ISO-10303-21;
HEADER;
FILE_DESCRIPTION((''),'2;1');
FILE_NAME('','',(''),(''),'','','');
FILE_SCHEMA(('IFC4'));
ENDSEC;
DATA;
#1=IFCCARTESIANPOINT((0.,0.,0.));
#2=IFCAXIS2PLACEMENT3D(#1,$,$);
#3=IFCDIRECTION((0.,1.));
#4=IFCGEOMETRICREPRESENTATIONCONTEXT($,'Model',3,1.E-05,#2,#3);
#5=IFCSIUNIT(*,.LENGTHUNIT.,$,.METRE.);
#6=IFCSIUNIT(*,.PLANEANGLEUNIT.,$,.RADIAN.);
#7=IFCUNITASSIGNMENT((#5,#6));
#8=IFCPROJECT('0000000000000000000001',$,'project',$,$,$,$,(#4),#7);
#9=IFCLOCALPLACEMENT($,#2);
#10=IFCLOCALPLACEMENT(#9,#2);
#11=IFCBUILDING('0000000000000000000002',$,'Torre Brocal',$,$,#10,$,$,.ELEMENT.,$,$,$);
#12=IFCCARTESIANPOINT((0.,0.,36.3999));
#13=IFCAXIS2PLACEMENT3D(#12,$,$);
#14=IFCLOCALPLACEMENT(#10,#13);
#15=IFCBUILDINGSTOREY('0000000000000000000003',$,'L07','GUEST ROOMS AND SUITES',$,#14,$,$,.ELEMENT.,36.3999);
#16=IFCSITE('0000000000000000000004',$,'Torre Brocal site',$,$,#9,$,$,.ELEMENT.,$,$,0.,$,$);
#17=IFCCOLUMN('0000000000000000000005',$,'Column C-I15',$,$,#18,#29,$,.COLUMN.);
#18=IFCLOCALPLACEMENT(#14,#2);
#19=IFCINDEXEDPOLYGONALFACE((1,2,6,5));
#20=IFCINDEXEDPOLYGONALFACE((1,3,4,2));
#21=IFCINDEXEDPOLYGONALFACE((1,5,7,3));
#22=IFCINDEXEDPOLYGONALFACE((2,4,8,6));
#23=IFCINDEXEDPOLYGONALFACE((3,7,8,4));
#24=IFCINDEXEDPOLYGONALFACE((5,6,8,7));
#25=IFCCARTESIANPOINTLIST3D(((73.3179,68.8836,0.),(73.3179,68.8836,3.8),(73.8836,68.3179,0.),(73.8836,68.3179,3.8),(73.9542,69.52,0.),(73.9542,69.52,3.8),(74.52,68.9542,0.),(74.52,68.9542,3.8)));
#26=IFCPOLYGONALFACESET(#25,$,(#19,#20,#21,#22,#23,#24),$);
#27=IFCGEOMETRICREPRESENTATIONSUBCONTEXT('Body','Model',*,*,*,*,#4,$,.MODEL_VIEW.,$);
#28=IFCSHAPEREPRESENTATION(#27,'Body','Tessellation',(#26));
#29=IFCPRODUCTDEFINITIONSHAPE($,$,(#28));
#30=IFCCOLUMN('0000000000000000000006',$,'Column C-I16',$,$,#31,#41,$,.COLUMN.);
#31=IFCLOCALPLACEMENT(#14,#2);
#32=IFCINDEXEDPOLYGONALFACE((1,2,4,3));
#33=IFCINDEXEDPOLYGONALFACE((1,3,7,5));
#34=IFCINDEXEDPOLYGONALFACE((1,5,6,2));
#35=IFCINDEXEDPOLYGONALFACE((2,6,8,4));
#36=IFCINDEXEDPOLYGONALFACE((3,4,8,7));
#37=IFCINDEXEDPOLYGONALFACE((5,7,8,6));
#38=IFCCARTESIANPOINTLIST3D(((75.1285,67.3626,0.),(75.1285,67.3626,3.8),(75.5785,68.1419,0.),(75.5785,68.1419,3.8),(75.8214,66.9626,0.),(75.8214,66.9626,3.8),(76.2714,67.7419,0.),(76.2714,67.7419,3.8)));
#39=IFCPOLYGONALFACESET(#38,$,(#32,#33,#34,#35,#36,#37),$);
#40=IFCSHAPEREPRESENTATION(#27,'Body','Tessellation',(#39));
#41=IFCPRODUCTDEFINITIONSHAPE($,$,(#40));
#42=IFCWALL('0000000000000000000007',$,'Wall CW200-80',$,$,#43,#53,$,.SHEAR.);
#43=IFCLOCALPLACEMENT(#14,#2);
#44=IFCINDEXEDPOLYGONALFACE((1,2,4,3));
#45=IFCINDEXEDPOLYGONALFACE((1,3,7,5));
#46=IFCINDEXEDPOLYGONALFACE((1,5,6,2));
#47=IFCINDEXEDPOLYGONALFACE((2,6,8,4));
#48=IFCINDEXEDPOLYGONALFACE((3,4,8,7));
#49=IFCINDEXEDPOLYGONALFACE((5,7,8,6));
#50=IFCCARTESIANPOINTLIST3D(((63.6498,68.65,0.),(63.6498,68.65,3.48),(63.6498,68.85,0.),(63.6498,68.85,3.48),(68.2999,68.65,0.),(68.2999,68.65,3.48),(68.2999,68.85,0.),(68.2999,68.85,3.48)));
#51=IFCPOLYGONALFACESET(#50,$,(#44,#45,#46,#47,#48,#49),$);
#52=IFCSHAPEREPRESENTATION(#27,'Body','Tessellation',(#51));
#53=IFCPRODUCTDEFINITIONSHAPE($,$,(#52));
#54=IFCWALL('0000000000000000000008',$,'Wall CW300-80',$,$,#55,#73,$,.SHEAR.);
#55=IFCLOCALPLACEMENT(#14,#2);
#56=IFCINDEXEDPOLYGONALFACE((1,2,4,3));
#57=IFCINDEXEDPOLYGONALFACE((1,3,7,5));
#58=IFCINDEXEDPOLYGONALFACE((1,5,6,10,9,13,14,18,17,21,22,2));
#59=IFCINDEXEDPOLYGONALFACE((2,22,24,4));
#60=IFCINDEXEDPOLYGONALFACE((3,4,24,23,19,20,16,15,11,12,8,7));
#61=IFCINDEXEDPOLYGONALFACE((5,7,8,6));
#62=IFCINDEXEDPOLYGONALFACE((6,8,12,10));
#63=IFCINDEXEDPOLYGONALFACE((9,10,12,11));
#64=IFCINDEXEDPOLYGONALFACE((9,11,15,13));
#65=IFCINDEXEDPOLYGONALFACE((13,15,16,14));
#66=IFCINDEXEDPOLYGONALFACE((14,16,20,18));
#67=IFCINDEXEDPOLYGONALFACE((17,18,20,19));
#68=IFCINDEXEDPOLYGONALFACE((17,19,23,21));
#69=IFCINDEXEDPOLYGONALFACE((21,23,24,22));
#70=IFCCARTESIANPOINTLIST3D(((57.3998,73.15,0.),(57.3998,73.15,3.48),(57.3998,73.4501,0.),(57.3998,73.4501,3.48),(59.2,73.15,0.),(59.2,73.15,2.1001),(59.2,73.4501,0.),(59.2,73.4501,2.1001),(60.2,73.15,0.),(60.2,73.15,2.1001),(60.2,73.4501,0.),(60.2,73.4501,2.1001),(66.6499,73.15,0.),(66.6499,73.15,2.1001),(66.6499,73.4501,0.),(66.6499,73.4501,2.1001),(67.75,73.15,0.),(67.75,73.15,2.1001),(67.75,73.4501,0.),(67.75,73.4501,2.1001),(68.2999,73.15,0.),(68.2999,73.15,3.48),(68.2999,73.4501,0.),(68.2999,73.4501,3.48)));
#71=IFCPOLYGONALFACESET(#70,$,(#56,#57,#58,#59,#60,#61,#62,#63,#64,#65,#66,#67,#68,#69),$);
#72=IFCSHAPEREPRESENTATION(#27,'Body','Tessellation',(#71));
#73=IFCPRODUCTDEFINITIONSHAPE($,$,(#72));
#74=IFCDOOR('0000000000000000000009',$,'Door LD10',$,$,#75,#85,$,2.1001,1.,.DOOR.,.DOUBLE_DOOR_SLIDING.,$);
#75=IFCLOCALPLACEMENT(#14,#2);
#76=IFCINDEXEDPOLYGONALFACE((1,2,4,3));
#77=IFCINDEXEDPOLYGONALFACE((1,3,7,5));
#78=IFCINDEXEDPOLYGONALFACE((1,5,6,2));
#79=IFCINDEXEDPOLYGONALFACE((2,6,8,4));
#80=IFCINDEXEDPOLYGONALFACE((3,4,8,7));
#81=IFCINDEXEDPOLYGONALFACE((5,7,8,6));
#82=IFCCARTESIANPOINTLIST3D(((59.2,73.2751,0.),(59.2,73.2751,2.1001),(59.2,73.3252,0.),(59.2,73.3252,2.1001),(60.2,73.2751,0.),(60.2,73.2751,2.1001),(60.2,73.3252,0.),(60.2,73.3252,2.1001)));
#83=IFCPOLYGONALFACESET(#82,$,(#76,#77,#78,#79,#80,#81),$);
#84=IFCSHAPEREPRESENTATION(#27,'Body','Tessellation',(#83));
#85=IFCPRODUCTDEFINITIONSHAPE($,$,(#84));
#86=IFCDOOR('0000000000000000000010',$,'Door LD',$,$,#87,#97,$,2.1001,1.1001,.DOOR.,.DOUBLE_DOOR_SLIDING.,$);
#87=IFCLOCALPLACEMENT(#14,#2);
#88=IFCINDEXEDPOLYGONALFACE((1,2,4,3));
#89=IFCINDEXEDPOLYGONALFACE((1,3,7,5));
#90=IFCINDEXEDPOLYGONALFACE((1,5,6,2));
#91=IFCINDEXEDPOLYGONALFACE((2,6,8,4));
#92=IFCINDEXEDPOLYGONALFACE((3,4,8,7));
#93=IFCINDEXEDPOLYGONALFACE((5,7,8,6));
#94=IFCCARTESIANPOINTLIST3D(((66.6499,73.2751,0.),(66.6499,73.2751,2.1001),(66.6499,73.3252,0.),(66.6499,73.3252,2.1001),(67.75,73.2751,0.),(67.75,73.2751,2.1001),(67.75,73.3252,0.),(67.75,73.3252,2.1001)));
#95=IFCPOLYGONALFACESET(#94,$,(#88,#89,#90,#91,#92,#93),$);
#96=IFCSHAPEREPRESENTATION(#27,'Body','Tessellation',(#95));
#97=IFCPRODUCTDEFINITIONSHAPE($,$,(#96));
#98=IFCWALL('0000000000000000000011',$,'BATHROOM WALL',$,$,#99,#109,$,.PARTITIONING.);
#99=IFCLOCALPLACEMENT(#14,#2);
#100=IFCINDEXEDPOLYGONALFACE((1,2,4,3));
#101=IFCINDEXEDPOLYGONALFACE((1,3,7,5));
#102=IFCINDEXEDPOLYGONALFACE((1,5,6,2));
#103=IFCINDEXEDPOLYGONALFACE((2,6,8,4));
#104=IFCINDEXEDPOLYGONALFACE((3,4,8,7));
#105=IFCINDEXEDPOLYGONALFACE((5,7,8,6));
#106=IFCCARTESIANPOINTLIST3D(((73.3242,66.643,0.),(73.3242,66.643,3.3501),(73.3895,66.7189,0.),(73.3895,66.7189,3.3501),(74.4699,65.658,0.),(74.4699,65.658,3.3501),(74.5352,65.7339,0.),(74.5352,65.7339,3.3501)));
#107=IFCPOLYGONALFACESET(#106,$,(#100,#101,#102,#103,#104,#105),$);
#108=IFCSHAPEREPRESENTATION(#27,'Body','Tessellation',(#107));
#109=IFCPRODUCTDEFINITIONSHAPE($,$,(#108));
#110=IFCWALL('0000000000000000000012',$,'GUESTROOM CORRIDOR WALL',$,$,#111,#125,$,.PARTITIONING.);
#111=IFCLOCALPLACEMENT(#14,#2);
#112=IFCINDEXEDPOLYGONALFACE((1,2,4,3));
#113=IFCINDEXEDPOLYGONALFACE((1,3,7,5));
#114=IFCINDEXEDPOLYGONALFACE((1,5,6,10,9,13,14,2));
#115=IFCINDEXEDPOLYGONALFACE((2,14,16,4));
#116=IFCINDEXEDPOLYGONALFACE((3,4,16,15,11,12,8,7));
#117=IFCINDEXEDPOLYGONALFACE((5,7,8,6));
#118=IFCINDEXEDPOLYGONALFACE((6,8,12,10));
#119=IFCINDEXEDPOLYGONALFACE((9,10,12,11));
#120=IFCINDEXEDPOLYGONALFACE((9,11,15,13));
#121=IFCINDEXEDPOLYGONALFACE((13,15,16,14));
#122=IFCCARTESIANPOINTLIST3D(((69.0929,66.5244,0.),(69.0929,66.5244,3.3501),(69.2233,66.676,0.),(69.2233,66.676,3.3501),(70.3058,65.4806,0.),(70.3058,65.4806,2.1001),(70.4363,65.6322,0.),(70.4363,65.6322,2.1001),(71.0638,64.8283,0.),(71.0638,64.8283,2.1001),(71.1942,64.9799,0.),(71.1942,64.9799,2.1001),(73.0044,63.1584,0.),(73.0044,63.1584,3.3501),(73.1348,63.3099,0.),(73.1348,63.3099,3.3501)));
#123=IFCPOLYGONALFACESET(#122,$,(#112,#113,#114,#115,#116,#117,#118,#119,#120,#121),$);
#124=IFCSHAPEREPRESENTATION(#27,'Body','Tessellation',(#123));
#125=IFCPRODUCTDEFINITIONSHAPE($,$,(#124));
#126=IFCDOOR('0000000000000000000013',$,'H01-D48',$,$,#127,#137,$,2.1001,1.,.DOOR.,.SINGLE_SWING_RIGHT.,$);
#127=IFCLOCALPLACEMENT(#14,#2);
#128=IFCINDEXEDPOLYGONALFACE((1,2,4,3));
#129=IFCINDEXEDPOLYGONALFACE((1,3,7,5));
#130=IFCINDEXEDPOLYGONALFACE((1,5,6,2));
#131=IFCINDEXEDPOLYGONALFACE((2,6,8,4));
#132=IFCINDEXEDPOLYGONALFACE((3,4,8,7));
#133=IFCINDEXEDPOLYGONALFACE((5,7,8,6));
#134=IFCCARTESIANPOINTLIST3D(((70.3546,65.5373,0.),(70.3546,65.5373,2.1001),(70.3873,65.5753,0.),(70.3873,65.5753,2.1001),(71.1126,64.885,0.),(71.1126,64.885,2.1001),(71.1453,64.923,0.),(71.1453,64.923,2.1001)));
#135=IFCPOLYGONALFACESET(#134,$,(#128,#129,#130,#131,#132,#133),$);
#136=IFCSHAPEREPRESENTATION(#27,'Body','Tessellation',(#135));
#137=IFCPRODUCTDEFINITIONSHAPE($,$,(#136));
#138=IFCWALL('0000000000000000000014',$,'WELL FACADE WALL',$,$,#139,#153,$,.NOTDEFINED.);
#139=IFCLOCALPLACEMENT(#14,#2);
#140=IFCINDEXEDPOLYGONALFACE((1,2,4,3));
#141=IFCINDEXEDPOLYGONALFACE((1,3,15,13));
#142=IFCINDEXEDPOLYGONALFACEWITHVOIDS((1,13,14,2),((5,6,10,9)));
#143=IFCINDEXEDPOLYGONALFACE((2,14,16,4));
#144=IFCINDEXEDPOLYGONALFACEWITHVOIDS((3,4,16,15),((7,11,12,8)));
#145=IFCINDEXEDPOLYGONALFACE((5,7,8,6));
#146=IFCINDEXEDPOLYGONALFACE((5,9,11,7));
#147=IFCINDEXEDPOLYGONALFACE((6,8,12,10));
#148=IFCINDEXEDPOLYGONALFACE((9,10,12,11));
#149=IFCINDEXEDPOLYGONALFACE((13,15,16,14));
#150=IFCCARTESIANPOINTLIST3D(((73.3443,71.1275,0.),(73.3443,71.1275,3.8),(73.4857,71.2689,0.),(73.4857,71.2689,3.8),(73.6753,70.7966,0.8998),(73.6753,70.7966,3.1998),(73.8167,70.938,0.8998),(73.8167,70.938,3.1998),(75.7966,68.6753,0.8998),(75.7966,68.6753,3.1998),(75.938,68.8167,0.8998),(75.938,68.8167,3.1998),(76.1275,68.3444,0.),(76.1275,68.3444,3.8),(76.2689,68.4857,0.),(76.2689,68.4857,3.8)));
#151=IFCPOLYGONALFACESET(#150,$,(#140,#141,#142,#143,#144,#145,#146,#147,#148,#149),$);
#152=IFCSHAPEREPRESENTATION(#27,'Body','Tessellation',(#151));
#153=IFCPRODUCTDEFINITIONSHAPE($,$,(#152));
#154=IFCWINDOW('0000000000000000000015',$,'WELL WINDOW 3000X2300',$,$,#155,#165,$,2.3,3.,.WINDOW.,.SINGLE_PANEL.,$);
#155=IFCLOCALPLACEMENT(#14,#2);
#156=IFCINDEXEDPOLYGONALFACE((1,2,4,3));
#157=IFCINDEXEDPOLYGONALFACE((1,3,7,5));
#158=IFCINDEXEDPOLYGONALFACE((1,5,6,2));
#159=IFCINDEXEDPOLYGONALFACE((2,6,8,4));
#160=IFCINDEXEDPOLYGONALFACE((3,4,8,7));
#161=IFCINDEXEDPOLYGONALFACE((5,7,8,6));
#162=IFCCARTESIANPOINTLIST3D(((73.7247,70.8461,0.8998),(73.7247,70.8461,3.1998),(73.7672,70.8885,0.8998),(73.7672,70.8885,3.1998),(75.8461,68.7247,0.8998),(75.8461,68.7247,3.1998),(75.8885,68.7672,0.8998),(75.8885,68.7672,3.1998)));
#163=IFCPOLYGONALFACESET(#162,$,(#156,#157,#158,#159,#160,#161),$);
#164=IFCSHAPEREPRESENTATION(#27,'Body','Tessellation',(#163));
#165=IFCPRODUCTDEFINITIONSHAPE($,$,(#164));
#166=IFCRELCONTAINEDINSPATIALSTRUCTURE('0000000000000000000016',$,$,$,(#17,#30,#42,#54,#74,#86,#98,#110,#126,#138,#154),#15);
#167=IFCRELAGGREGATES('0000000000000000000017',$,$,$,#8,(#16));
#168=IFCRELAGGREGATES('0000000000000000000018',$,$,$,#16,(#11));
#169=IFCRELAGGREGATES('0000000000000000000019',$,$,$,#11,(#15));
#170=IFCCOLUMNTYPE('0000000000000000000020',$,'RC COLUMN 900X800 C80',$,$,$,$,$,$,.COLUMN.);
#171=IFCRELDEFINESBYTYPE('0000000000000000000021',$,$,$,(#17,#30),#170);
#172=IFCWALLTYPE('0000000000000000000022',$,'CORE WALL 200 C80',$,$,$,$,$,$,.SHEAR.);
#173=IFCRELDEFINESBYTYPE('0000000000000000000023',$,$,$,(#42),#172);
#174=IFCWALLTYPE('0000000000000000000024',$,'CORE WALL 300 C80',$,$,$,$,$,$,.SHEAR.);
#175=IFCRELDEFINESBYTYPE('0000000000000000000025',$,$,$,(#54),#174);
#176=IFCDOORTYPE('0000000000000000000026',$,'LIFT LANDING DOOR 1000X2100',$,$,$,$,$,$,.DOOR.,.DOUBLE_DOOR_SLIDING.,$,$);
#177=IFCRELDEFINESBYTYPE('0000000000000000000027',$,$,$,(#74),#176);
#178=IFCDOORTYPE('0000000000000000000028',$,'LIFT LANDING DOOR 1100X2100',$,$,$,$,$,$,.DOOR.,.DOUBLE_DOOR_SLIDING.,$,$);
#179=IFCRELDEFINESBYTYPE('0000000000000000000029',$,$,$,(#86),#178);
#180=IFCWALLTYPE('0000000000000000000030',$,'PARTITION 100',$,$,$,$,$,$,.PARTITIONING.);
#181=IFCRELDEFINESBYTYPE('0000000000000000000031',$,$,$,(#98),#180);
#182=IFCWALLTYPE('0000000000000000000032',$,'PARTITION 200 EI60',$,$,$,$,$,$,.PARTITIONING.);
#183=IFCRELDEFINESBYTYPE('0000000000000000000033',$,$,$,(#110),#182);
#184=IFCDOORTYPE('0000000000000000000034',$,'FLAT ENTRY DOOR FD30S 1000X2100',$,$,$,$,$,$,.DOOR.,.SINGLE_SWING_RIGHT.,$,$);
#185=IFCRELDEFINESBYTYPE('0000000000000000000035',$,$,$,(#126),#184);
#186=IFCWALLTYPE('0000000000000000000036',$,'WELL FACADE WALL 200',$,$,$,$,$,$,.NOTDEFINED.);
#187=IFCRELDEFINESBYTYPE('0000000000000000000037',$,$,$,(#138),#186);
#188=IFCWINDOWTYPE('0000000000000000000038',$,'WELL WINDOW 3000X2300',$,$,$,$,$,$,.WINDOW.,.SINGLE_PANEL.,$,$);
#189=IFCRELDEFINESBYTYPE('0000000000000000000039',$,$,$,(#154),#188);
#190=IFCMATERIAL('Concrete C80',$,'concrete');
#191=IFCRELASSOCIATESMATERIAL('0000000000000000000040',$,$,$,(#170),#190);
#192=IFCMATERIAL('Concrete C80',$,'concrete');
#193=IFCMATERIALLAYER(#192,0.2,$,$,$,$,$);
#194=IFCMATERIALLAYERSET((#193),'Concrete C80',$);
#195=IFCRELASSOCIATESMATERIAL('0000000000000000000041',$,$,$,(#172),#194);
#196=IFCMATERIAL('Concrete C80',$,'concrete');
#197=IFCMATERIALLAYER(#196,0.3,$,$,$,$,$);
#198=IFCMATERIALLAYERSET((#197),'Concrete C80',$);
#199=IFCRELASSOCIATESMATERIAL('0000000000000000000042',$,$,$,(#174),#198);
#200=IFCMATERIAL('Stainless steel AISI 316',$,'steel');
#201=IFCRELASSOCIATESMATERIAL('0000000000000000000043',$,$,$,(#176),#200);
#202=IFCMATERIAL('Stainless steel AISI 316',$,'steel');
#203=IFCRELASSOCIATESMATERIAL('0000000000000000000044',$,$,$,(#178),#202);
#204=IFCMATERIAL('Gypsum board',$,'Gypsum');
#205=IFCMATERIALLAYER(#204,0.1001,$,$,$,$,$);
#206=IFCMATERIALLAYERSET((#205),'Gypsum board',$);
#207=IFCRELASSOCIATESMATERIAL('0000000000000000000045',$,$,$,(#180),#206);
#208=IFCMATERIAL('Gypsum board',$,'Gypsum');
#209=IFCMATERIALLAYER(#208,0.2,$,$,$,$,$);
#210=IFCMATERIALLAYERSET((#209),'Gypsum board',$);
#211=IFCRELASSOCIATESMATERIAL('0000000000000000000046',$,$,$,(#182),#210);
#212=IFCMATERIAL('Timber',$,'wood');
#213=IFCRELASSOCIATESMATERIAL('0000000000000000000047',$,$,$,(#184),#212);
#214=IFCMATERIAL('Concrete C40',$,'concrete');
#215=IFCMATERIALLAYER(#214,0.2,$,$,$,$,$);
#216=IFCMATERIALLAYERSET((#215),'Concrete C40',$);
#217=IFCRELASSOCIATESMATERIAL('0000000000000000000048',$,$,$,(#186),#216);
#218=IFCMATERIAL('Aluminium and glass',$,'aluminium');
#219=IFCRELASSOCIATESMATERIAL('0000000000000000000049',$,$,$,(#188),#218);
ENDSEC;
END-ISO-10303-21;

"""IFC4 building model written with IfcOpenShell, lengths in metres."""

from ifc_helpers import new_model, si_unit, direction, frame, frame_2d, origin, origin_2d, place, context, subcontext, project, spatial, rectangle, extrude, material, layer, layer_set, material_profile, profile_set, type_object, element, fill, save


model = new_model("IFC4")

# Units and contexts
model_context = context("Model", 3, precision=1e-05, world=origin(), true_north=direction((0.0, 1.0)))
body_context = subcontext(model_context, "Body", "Model", "MODEL_VIEW")
ifc_project = project(units=[si_unit("LENGTHUNIT", "METRE"), si_unit("PLANEANGLEUNIT", "RADIAN")], contexts=[model_context])

# Site, building, storey
site_placement = place(None, origin())
site = spatial("IfcSite", under=ifc_project, at=site_placement, Name="Torre Brocal site", CompositionType="ELEMENT", RefElevation=0.0)
building_placement = place(site_placement, origin())
building = spatial("IfcBuilding", under=site, at=building_placement, Name="Torre Brocal", CompositionType="ELEMENT")
storey_placement = place(building_placement, frame((0.0, 0.0, 36.3999)))
storey = spatial("IfcBuildingStorey", under=building, at=storey_placement, Name="L07", Description="GUEST ROOMS AND SUITES", CompositionType="ELEMENT", Elevation=36.3999)

# Columns
ifc_material_1 = material(Name="Concrete C80", Category="concrete")
ifc_material_profile = material_profile(ifc_material_1, rectangle(XDim=0.8999, YDim=0.8, at=origin_2d()), Name="RC 900X800")
ifc_profile_set = profile_set([ifc_material_profile], Name="Concrete C80")
column_type = type_object("IfcColumnType", Name="RC COLUMN 900X800 C80", PredefinedType="COLUMN", material=ifc_profile_set)
for number, where, z_axis, x_axis, name in (
    (1, (73.9189, 68.9189, 0.0), (0.0, 0.0, 1.0), (-0.707107, -0.707107, 0.0), "Column C-I15"),
    (2, (75.7, 67.5522, 0.0), (0.0, 0.0, 1.0), (-0.5, -0.866025, 0.0), "Column C-I16"),
):
    element("IfcColumn", number, at=place(storey_placement, frame(where, z_axis=z_axis, x_axis=x_axis)), inside=storey, type_object=column_type, Name=name, PredefinedType="COLUMN", context=body_context, shape_type="SweptSolid", body=[
        extrude(rectangle(XDim=0.8999, YDim=0.8, at=origin_2d()), origin(), (0.0, 0.0, 1.0), 3.8),
    ])

# Wall
ifc_material_2 = material(Name="Concrete C80", Category="concrete")
ifc_layer_1 = layer(ifc_material_2, 0.2)
ifc_layer_set_1 = layer_set([ifc_layer_1], Name="Concrete C80")
wall_type_1 = type_object("IfcWallType", Name="CORE WALL 200 C80", PredefinedType="SHEAR", material=ifc_layer_set_1)
wall_1_placement = place(storey_placement, frame((68.3, 68.75, 0.0), z_axis=(0.0, 0.0, 1.0), x_axis=(-1.0, 0.0, 0.0)))
element("IfcWall", 3, at=wall_1_placement, inside=storey, type_object=wall_type_1, Name="Wall CW200-80", PredefinedType="SHEAR", context=body_context, shape_type="SweptSolid", body=[
    extrude(rectangle(XDim=4.6501, YDim=0.2, at=frame_2d((2.3252, 0.0))), origin(), (0.0, 0.0, 1.0), 3.48),
])

# Wall, openings, doors
ifc_material_3 = material(Name="Concrete C80", Category="concrete")
ifc_layer_2 = layer(ifc_material_3, 0.3)
ifc_layer_set_2 = layer_set([ifc_layer_2], Name="Concrete C80")
wall_type_2 = type_object("IfcWallType", Name="CORE WALL 300 C80", PredefinedType="SHEAR", material=ifc_layer_set_2)
wall_2_placement = place(storey_placement, frame((68.3, 73.3, 0.0), z_axis=(0.0, 0.0, 1.0), x_axis=(-1.0, 0.0, 0.0)))
wall_2 = element("IfcWall", 4, at=wall_2_placement, inside=storey, type_object=wall_type_2, Name="Wall CW300-80", PredefinedType="SHEAR", context=body_context, shape_type="SweptSolid", body=[
    extrude(rectangle(XDim=10.9001, YDim=0.3, at=frame_2d((5.4502, 0.0))), origin(), (0.0, 0.0, 1.0), 3.48),
])
opening_1_placement = place(wall_2_placement, frame((0.55, 0.0, 0.0)))
opening_1 = element("IfcOpeningElement", 5, at=opening_1_placement, cuts=wall_2, PredefinedType="OPENING", context=body_context, shape_type="SweptSolid", body=[
    extrude(rectangle(XDim=1.1001, YDim=2.1001, at=frame_2d((0.55, 1.05))), frame((0.0, 0.1599, 0.0), z_axis=(0.0, -1.0, 0.0), x_axis=(1.0, 0.0, 0.0)), (0.0, 0.0, 1.0), 0.3201),
])
opening_2_placement = place(wall_2_placement, frame((8.1001, 0.0, 0.0)))
opening_2 = element("IfcOpeningElement", 6, at=opening_2_placement, cuts=wall_2, PredefinedType="OPENING", context=body_context, shape_type="SweptSolid", body=[
    extrude(rectangle(XDim=1.0, YDim=2.1001, at=frame_2d((0.5, 1.05))), frame((0.0, 0.1599, 0.0), z_axis=(0.0, -1.0, 0.0), x_axis=(1.0, 0.0, 0.0)), (0.0, 0.0, 1.0), 0.3201),
])
ifc_material_4 = material(Name="Stainless steel AISI 316", Category="steel")
door_type_1 = type_object("IfcDoorType", Name="LIFT LANDING DOOR 1000X2100", OperationType="DOUBLE_DOOR_SLIDING", PredefinedType="DOOR", material=ifc_material_4)
door_1_placement = place(opening_2_placement, origin())
door_1 = element("IfcDoor", 7, at=door_1_placement, inside=storey, type_object=door_type_1, Name="Door LD10", OperationType="DOUBLE_DOOR_SLIDING", OverallHeight=2.1001, OverallWidth=1.0, PredefinedType="DOOR", context=body_context, shape_type="SweptSolid", body=[
    extrude(rectangle(XDim=1.0, YDim=2.1001, at=frame_2d((0.5, 1.05))), frame((0.0, 0.0249, 0.0), z_axis=(0.0, -1.0, 0.0), x_axis=(1.0, 0.0, 0.0)), (0.0, 0.0, 1.0), 0.05),
])
fill(opening_2, door_1)
ifc_material_5 = material(Name="Stainless steel AISI 316", Category="steel")
door_type_2 = type_object("IfcDoorType", Name="LIFT LANDING DOOR 1100X2100", OperationType="DOUBLE_DOOR_SLIDING", PredefinedType="DOOR", material=ifc_material_5)
door_2_placement = place(opening_1_placement, origin())
door_2 = element("IfcDoor", 8, at=door_2_placement, inside=storey, type_object=door_type_2, Name="Door LD", OperationType="DOUBLE_DOOR_SLIDING", OverallHeight=2.1001, OverallWidth=1.1001, PredefinedType="DOOR", context=body_context, shape_type="SweptSolid", body=[
    extrude(rectangle(XDim=1.1001, YDim=2.1001, at=frame_2d((0.55, 1.05))), frame((0.0, 0.0249, 0.0), z_axis=(0.0, -1.0, 0.0), x_axis=(1.0, 0.0, 0.0)), (0.0, 0.0, 1.0), 0.05),
])
fill(opening_1, door_2)

# Wall
ifc_material_6 = material(Name="Gypsum board", Category="Gypsum")
ifc_layer_3 = layer(ifc_material_6, 0.1001)
ifc_layer_set_3 = layer_set([ifc_layer_3], Name="Gypsum board")
wall_type_3 = type_object("IfcWallType", Name="PARTITION 100", PredefinedType="PARTITIONING", material=ifc_layer_set_3)
wall_3_placement = place(storey_placement, frame((73.3569, 66.6809, 0.0), z_axis=(0.0, 0.0, 1.0), x_axis=(0.758263, -0.651948, 0.0)))
element("IfcWall", 9, at=wall_3_placement, inside=storey, type_object=wall_type_3, Name="BATHROOM WALL", PredefinedType="PARTITIONING", context=body_context, shape_type="SweptSolid", body=[
    extrude(rectangle(XDim=1.511, YDim=0.1001, at=frame_2d((0.7554, 0.0))), origin(), (0.0, 0.0, 1.0), 3.3501),
])

# Wall, opening, door
ifc_material_7 = material(Name="Gypsum board", Category="Gypsum")
ifc_layer_4 = layer(ifc_material_7, 0.2)
ifc_layer_set_4 = layer_set([ifc_layer_4], Name="Gypsum board")
wall_type_4 = type_object("IfcWallType", Name="PARTITION 200 EI60", PredefinedType="PARTITIONING", material=ifc_layer_set_4)
wall_4_placement = place(storey_placement, frame((69.1582, 66.6001, 0.0), z_axis=(0.0, 0.0, 1.0), x_axis=(0.757976, -0.652282, 0.0)))
wall_4 = element("IfcWall", 10, at=wall_4_placement, inside=storey, type_object=wall_type_4, Name="GUESTROOM CORRIDOR WALL", PredefinedType="PARTITIONING", context=body_context, shape_type="SweptSolid", body=[
    extrude(rectangle(XDim=5.1604, YDim=0.2, at=frame_2d((2.5801, 0.0))), origin(), (0.0, 0.0, 1.0), 3.3501),
])
opening_3_placement = place(wall_4_placement, frame((1.6001, 0.0, 0.0)))
opening_3 = element("IfcOpeningElement", 11, at=opening_3_placement, cuts=wall_4, PredefinedType="OPENING", context=body_context, shape_type="SweptSolid", body=[
    extrude(rectangle(XDim=1.0, YDim=2.1001, at=frame_2d((0.5, 1.05))), frame((0.0, 0.1099, 0.0), z_axis=(0.0, -1.0, 0.0), x_axis=(1.0, 0.0, 0.0)), (0.0, 0.0, 1.0), 0.22),
])
ifc_material_8 = material(Name="Timber", Category="wood")
door_type_3 = type_object("IfcDoorType", Name="FLAT ENTRY DOOR FD30S 1000X2100", OperationType="SINGLE_SWING_RIGHT", PredefinedType="DOOR", material=ifc_material_8)
door_3_placement = place(opening_3_placement, origin())
door_3 = element("IfcDoor", 12, at=door_3_placement, inside=storey, type_object=door_type_3, Name="H01-D48", OperationType="SINGLE_SWING_RIGHT", OverallHeight=2.1001, OverallWidth=1.0, PredefinedType="DOOR", context=body_context, shape_type="SweptSolid", body=[
    extrude(rectangle(XDim=1.0, YDim=2.1001, at=frame_2d((0.5, 1.05))), frame((0.0, 0.0249, 0.0), z_axis=(0.0, -1.0, 0.0), x_axis=(1.0, 0.0, 0.0)), (0.0, 0.0, 1.0), 0.05),
])
fill(opening_3, door_3)

# Wall, opening, window
ifc_material_9 = material(Name="Concrete C40", Category="concrete")
ifc_layer_5 = layer(ifc_material_9, 0.2)
ifc_layer_set_5 = layer_set([ifc_layer_5], Name="Concrete C40")
wall_type_5 = type_object("IfcWallType", Name="WELL FACADE WALL 200", PredefinedType="NOTDEFINED", material=ifc_layer_set_5)
wall_5_placement = place(storey_placement, frame((73.415, 71.1982, 0.0), z_axis=(0.0, 0.0, 1.0), x_axis=(0.707107, -0.707107, 0.0)))
wall_5 = element("IfcWall", 13, at=wall_5_placement, inside=storey, type_object=wall_type_5, Name="WELL FACADE WALL", PredefinedType="NOTDEFINED", context=body_context, shape_type="SweptSolid", body=[
    extrude(rectangle(XDim=3.936, YDim=0.2, at=frame_2d((1.968, 0.0))), origin(), (0.0, 0.0, 1.0), 3.8),
])
opening_4_placement = place(wall_5_placement, frame((0.468, 0.0, 0.8999)))
opening_4 = element("IfcOpeningElement", 14, at=opening_4_placement, cuts=wall_5, PredefinedType="OPENING", context=body_context, shape_type="SweptSolid", body=[
    extrude(rectangle(XDim=3.0, YDim=2.3, at=frame_2d((1.5, 1.1499))), frame((0.0, 0.1099, 0.0), z_axis=(0.0, -1.0, 0.0), x_axis=(1.0, 0.0, 0.0)), (0.0, 0.0, 1.0), 0.22),
])
ifc_material_10 = material(Name="Aluminium and glass", Category="aluminium")
window_type = type_object("IfcWindowType", Name="WELL WINDOW 3000X2300", PartitioningType="SINGLE_PANEL", PredefinedType="WINDOW", material=ifc_material_10)
window_1_placement = place(opening_4_placement, origin())
window_1 = element("IfcWindow", 15, at=window_1_placement, inside=storey, type_object=window_type, Name="WELL WINDOW 3000X2300", OverallHeight=2.3, OverallWidth=3.0, PartitioningType="SINGLE_PANEL", PredefinedType="WINDOW", context=body_context, shape_type="SweptSolid", body=[
    extrude(rectangle(XDim=3.0, YDim=2.3, at=frame_2d((1.5, 1.1499))), frame((0.0, 0.03, 0.0), z_axis=(0.0, -1.0, 0.0), x_axis=(1.0, 0.0, 0.0)), (0.0, 0.0, 1.0), 0.0601),
])
fill(opening_4, window_1)

save(model, "model.ifc")
